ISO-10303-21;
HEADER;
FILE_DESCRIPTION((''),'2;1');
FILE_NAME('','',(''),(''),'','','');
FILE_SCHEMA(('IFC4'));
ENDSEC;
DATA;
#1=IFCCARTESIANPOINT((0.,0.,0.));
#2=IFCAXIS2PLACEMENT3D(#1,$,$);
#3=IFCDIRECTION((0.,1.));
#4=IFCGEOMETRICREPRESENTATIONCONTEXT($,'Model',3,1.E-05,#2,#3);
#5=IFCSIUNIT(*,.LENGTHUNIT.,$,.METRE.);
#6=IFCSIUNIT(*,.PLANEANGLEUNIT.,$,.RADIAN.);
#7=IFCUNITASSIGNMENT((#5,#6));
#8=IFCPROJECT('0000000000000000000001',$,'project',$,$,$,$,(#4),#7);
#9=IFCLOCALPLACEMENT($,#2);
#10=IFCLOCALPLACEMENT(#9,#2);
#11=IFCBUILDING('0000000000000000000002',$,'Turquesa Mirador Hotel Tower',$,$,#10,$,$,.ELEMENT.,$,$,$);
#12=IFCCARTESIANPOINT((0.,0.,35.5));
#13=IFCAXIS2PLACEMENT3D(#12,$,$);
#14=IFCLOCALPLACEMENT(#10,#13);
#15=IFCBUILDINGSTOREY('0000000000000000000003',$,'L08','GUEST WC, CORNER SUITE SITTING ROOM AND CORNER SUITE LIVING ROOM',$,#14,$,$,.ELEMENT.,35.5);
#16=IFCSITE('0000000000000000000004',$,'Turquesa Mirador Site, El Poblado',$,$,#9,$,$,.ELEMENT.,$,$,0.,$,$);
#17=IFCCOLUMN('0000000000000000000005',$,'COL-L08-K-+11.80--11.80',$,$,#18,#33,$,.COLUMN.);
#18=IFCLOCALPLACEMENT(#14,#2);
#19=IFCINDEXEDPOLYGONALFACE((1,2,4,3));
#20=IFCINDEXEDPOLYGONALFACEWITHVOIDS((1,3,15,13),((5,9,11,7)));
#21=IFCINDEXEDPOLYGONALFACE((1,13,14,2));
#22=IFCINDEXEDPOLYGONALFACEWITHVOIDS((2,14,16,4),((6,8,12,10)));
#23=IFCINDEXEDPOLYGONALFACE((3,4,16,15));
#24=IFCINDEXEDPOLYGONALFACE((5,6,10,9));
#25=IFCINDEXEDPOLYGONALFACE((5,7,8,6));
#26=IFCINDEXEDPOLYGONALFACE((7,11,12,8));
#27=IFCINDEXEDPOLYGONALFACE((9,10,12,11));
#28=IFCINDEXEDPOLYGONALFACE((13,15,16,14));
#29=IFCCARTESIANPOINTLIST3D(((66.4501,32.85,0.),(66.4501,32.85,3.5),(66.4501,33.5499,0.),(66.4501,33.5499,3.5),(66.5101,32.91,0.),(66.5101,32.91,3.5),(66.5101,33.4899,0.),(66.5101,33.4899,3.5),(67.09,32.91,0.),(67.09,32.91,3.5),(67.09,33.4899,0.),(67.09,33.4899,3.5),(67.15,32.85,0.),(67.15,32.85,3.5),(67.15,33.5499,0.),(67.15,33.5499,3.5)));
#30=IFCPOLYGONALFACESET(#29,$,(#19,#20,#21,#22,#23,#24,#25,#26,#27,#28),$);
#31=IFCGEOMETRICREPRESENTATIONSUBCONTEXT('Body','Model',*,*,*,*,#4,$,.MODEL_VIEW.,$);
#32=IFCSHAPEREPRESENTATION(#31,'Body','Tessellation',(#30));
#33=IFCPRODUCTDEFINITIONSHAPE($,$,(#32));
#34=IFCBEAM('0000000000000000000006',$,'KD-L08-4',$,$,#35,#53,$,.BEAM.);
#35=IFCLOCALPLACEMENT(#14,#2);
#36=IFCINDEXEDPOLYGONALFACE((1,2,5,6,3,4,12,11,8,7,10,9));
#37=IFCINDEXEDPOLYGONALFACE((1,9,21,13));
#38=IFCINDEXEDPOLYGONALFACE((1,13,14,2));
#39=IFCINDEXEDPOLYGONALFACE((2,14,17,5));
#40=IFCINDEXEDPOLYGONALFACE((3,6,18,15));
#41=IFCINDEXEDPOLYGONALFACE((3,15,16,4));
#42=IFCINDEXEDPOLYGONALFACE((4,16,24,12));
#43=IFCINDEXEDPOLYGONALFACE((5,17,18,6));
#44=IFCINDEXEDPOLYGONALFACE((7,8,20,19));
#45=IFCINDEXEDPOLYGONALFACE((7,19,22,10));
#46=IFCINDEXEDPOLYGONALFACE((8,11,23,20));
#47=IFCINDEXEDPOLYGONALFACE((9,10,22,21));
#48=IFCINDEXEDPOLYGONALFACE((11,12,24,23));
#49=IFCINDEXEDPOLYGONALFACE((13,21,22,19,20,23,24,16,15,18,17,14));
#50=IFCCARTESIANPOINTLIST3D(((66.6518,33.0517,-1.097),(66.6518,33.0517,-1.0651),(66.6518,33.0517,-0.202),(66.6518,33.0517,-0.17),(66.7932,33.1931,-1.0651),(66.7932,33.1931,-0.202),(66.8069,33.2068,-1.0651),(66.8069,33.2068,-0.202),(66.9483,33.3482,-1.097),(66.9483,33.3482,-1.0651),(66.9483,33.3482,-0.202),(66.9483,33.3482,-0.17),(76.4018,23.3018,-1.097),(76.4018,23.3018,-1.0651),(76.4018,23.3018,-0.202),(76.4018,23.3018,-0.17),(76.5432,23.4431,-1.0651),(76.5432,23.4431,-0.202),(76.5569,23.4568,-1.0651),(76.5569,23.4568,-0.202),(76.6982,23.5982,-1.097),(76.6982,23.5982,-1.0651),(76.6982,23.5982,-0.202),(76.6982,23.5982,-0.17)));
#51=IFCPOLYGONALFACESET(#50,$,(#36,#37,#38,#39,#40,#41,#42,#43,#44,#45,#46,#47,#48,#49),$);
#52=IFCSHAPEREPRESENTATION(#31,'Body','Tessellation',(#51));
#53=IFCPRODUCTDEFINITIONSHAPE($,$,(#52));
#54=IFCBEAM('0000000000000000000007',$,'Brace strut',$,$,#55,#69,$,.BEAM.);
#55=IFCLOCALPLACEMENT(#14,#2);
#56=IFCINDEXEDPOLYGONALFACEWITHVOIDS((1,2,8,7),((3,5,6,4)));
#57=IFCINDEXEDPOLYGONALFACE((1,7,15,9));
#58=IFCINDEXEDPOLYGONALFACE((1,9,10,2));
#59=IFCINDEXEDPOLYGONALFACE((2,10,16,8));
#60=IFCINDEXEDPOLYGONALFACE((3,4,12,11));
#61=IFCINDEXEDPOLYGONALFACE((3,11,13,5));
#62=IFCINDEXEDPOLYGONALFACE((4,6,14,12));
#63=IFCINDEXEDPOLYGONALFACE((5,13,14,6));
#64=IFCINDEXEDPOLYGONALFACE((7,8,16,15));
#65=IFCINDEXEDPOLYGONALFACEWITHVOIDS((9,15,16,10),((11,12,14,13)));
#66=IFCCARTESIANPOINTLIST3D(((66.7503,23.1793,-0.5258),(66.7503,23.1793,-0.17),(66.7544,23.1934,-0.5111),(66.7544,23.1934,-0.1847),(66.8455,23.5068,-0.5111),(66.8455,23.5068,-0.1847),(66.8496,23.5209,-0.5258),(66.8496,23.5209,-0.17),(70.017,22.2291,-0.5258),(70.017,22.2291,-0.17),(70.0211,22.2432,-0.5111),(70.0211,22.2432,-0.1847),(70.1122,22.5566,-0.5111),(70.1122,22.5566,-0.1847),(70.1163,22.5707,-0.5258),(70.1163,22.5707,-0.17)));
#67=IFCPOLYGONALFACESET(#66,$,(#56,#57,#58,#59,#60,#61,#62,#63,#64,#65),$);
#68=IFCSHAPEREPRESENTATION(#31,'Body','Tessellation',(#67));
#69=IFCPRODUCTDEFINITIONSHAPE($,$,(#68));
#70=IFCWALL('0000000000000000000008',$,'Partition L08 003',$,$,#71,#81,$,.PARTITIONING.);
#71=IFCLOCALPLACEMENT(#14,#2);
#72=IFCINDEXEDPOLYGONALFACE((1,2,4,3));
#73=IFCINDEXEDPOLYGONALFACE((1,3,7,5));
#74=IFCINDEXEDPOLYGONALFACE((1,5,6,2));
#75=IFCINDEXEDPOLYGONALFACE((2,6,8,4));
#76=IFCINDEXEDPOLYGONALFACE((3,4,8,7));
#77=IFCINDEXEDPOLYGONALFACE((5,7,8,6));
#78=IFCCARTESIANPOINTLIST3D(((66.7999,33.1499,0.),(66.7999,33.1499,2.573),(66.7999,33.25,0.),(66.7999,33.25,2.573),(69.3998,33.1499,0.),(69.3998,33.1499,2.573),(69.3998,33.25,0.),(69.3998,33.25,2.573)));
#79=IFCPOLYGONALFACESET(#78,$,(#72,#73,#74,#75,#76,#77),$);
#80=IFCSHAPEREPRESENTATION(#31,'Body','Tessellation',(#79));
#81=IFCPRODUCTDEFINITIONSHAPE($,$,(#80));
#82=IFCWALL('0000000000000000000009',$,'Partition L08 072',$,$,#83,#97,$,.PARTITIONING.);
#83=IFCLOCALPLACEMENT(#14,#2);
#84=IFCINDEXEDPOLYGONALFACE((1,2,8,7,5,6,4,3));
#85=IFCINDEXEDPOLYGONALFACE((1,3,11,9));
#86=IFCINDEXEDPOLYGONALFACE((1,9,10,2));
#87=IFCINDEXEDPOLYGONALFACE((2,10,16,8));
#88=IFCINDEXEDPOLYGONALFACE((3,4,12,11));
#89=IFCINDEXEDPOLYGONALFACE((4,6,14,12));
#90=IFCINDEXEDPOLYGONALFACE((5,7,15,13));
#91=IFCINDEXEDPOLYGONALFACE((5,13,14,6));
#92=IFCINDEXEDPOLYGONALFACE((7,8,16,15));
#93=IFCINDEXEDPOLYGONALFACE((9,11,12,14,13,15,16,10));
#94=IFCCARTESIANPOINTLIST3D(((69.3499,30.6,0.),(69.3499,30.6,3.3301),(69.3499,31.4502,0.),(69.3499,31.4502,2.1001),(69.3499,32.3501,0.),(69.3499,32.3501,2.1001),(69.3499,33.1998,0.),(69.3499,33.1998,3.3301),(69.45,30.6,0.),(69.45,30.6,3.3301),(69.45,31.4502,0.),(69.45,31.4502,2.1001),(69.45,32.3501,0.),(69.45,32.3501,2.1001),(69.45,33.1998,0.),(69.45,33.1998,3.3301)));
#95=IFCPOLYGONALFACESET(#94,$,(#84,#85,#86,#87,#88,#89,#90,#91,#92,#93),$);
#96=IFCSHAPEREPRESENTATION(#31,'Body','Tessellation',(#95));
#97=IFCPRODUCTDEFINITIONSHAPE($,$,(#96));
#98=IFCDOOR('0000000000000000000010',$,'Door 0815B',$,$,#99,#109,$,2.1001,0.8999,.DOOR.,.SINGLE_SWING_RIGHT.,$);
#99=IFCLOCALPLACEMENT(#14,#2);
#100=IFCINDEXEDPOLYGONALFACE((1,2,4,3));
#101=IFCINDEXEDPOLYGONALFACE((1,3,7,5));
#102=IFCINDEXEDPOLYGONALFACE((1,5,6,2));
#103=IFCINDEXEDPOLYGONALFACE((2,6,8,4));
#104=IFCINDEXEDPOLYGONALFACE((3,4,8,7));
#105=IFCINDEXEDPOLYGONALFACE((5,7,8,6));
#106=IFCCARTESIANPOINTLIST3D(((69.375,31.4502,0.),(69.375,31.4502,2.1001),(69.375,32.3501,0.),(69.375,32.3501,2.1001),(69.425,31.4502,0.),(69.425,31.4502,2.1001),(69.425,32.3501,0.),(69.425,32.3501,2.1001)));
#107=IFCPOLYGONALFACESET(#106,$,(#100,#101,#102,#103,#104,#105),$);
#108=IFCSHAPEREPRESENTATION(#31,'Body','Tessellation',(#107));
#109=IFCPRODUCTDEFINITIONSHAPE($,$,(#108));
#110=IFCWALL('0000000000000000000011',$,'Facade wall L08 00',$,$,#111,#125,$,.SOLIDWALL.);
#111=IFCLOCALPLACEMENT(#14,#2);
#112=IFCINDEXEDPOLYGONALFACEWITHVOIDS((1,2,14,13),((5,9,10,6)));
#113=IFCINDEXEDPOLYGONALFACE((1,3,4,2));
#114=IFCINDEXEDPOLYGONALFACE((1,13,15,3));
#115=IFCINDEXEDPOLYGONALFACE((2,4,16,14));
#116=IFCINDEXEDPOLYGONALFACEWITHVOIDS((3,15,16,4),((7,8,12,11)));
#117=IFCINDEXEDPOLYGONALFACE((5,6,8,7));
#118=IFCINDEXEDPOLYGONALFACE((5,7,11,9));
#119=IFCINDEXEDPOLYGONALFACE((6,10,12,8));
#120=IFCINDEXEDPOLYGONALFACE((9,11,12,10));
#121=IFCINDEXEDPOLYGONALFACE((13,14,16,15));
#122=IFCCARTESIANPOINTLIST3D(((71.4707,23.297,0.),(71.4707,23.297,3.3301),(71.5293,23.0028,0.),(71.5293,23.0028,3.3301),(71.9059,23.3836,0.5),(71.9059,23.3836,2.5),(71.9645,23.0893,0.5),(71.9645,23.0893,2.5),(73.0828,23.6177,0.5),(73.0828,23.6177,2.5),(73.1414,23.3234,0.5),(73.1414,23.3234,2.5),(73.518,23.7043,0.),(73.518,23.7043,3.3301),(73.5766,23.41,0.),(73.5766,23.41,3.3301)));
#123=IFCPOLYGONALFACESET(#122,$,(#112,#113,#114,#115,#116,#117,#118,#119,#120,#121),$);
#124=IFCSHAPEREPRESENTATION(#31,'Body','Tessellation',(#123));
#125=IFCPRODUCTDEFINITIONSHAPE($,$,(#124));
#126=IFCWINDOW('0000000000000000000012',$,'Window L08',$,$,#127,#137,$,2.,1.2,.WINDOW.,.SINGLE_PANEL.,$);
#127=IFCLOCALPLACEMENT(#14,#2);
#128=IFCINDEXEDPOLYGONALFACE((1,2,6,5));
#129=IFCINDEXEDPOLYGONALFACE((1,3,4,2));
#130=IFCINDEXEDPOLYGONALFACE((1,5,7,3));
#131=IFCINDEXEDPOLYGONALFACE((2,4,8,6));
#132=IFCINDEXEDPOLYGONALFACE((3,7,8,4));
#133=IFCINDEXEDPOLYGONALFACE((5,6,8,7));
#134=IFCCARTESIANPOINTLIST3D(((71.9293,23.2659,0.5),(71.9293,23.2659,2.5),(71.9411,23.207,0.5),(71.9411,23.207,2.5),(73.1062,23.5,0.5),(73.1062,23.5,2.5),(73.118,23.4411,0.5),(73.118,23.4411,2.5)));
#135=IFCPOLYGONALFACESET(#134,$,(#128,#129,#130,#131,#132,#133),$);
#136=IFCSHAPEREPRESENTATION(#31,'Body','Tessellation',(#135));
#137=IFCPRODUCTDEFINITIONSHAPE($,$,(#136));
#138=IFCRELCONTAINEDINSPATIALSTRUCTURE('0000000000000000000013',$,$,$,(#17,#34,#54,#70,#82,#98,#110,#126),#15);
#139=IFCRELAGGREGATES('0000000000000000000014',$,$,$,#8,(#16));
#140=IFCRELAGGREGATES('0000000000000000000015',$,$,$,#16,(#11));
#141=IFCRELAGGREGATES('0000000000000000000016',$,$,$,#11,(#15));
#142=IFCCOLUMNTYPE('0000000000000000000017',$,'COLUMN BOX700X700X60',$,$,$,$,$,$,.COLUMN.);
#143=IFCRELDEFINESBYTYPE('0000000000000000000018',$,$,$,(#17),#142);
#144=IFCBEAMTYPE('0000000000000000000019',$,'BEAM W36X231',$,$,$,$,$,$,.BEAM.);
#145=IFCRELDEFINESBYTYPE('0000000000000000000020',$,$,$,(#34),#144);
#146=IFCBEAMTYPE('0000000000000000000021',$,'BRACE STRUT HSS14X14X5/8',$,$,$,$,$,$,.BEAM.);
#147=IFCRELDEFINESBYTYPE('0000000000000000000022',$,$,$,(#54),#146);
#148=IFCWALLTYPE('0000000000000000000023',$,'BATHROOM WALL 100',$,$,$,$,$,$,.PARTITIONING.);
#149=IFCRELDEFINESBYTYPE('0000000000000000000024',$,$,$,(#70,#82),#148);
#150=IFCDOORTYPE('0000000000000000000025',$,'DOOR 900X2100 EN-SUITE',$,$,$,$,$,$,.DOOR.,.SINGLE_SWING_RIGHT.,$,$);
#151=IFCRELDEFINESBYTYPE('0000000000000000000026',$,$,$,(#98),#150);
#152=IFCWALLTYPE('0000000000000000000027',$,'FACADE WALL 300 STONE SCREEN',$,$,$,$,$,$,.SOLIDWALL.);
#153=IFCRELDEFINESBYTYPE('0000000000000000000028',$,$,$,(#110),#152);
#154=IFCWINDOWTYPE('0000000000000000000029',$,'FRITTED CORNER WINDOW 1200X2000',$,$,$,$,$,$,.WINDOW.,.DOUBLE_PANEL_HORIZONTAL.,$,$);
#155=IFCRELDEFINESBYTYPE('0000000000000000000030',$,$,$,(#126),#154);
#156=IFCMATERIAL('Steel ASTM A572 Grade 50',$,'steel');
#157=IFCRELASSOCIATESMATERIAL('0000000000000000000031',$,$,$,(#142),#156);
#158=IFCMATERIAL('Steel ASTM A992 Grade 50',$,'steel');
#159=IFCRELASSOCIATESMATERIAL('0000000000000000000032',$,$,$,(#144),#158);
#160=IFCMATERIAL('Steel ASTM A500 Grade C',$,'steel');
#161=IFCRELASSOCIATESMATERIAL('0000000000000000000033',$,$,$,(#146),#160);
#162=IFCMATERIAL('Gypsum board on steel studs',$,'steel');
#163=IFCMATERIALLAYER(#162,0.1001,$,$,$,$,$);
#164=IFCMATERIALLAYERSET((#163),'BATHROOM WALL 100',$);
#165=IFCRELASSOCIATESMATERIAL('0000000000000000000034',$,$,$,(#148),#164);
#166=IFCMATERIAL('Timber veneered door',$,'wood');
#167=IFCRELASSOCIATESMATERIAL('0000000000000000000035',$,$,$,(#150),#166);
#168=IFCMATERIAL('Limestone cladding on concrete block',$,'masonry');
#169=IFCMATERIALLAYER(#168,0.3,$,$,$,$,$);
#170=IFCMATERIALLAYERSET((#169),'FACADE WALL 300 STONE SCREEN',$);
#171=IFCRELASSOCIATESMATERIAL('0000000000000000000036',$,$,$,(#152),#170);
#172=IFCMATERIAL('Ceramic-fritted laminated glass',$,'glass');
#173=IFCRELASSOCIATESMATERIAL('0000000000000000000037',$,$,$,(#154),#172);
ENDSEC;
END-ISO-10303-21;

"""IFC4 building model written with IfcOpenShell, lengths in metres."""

from ifc_helpers import new_model, si_unit, direction, frame, frame_2d, origin, origin_2d, place, context, subcontext, project, spatial, rectangle, hollow_rectangle, i_section, extrude, material, layer, layer_set, material_profile, profile_set, type_object, element, fill, save


model = new_model("IFC4")

# Units and contexts
model_context = context("Model", 3, precision=1e-05, world=origin(), true_north=direction((0.0, 1.0)))
body_context = subcontext(model_context, "Body", "Model", "MODEL_VIEW")
ifc_project = project(units=[si_unit("LENGTHUNIT", "METRE"), si_unit("PLANEANGLEUNIT", "RADIAN")], contexts=[model_context])

# Site, building, storey
site_placement = place(None, origin())
site = spatial("IfcSite", under=ifc_project, at=site_placement, Name="Turquesa Mirador Site, El Poblado", CompositionType="ELEMENT", RefElevation=0.0)
building_placement = place(site_placement, origin())
building = spatial("IfcBuilding", under=site, at=building_placement, Name="Turquesa Mirador Hotel Tower", CompositionType="ELEMENT")
storey_placement = place(building_placement, frame((0.0, 0.0, 35.5)))
storey = spatial("IfcBuildingStorey", under=building, at=storey_placement, Name="L08", Description="GUEST WC, CORNER SUITE SITTING ROOM AND CORNER SUITE LIVING ROOM", CompositionType="ELEMENT", Elevation=35.5)

# Column
ifc_material_1 = material(Name="Steel ASTM A572 Grade 50", Category="steel")
ifc_material_profile_1 = material_profile(ifc_material_1, hollow_rectangle(XDim=0.7, YDim=0.7, WallThickness=0.0601, at=origin_2d()), Name="BOX700X700X60")
ifc_profile_set_1 = profile_set([ifc_material_profile_1], Name="Steel ASTM A572 Grade 50")
column_type = type_object("IfcColumnType", Name="COLUMN BOX700X700X60", PredefinedType="COLUMN", material=ifc_profile_set_1)
column_placement = place(storey_placement, frame((66.8, 33.2, 0.0), z_axis=(0.0, 0.0, 1.0), x_axis=(1.0, 0.0, 0.0)))
element("IfcColumn", 1, at=column_placement, inside=storey, type_object=column_type, Name="COL-L08-K-+11.80--11.80", PredefinedType="COLUMN", context=body_context, shape_type="SweptSolid", body=[
    extrude(hollow_rectangle(XDim=0.7, YDim=0.7, WallThickness=0.0601, at=origin_2d()), origin(), (0.0, 0.0, 1.0), 3.5),
])

# Beams
ifc_material_2 = material(Name="Steel ASTM A992 Grade 50", Category="steel")
ifc_material_profile_2 = material_profile(ifc_material_2, i_section(OverallWidth=0.4192, OverallDepth=0.927, WebThickness=0.0193, FlangeThickness=0.032, at=origin_2d()), Name="W36X231")
ifc_profile_set_2 = profile_set([ifc_material_profile_2], Name="Steel ASTM A992 Grade 50")
beam_type_1 = type_object("IfcBeamType", Name="BEAM W36X231", PredefinedType="BEAM", material=ifc_profile_set_2)
beam_1_placement = place(storey_placement, frame((66.8, 33.2, -0.6335), z_axis=(0.707107, -0.707107, 0.0), x_axis=(0.707107, 0.707107, 0.0)))
element("IfcBeam", 2, at=beam_1_placement, inside=storey, type_object=beam_type_1, Name="KD-L08-4", PredefinedType="BEAM", context=body_context, shape_type="SweptSolid", body=[
    extrude(i_section(OverallWidth=0.4192, OverallDepth=0.927, WebThickness=0.0193, FlangeThickness=0.032, at=origin_2d()), origin(), (0.0, 0.0, 1.0), 13.7886),
])
ifc_material_3 = material(Name="Steel ASTM A500 Grade C", Category="steel")
ifc_material_profile_3 = material_profile(ifc_material_3, hollow_rectangle(XDim=0.3557, YDim=0.3557, WallThickness=0.0146, at=origin_2d()), Name="HSS14X14X5/8")
ifc_profile_set_3 = profile_set([ifc_material_profile_3], Name="Steel ASTM A500 Grade C")
beam_type_2 = type_object("IfcBeamType", Name="BRACE STRUT HSS14X14X5/8", PredefinedType="BEAM", material=ifc_profile_set_3)
beam_2_placement = place(storey_placement, frame((70.0667, 22.3999, -0.3479), z_axis=(-0.960202, 0.279305, 0.0), x_axis=(-0.279305, -0.960202, 0.0)))
element("IfcBeam", 3, at=beam_2_placement, inside=storey, type_object=beam_type_2, Name="Brace strut", PredefinedType="BEAM", context=body_context, shape_type="SweptSolid", body=[
    extrude(hollow_rectangle(XDim=0.3557, YDim=0.3557, WallThickness=0.0146, at=origin_2d()), origin(), (0.0, 0.0, 1.0), 3.4021),
])

# Wall
ifc_material_4 = material(Name="Gypsum board on steel studs", Category="steel")
ifc_layer_1 = layer(ifc_material_4, 0.1001)
ifc_layer_set_1 = layer_set([ifc_layer_1], Name="BATHROOM WALL 100")
wall_type_1 = type_object("IfcWallType", Name="BATHROOM WALL 100", PredefinedType="PARTITIONING", material=ifc_layer_set_1)
wall_1_placement = place(storey_placement, frame((66.8, 33.2, 0.0), z_axis=(0.0, 0.0, 1.0), x_axis=(1.0, 0.0, 0.0)))
element("IfcWall", 4, at=wall_1_placement, inside=storey, type_object=wall_type_1, Name="Partition L08 003", PredefinedType="PARTITIONING", context=body_context, shape_type="SweptSolid", body=[
    extrude(rectangle(XDim=2.5999, YDim=0.1001, at=frame_2d((1.2998, 0.0))), origin(), (0.0, 0.0, 1.0), 2.573),
])

# Wall, opening, door
wall_2_placement = place(storey_placement, frame((69.3999, 30.6001, 0.0), z_axis=(0.0, 0.0, 1.0), x_axis=(0.0, 1.0, 0.0)))
wall_2 = element("IfcWall", 5, at=wall_2_placement, inside=storey, type_object=wall_type_1, Name="Partition L08 072", PredefinedType="PARTITIONING", context=body_context, shape_type="SweptSolid", body=[
    extrude(rectangle(XDim=2.5999, YDim=0.1001, at=frame_2d((1.2998, 0.0))), origin(), (0.0, 0.0, 1.0), 3.3301),
])
opening_1_placement = place(wall_2_placement, frame((0.8501, 0.0, 0.0)))
opening_1 = element("IfcOpeningElement", 6, at=opening_1_placement, cuts=wall_2, PredefinedType="OPENING", context=body_context, shape_type="SweptSolid", body=[
    extrude(rectangle(XDim=0.8999, YDim=2.1001, at=frame_2d((0.45, 1.05))), frame((0.0, 0.0601, 0.0), z_axis=(0.0, -1.0, 0.0), x_axis=(1.0, 0.0, 0.0)), (0.0, 0.0, 1.0), 0.1201),
])
ifc_material_5 = material(Name="Timber veneered door", Category="wood")
door_type_1 = type_object("IfcDoorType", Name="DOOR 900X2100 EN-SUITE", OperationType="SINGLE_SWING_RIGHT", PredefinedType="DOOR", material=ifc_material_5)
door_1_placement = place(opening_1_placement, origin())
door_1 = element("IfcDoor", 7, at=door_1_placement, inside=storey, type_object=door_type_1, Name="Door 0815B", OperationType="SINGLE_SWING_RIGHT", OverallHeight=2.1001, OverallWidth=0.8999, PredefinedType="DOOR", context=body_context, shape_type="SweptSolid", body=[
    extrude(rectangle(XDim=0.8999, YDim=2.1001, at=frame_2d((0.45, 1.05))), frame((0.0, 0.0249, 0.0), z_axis=(0.0, -1.0, 0.0), x_axis=(1.0, 0.0, 0.0)), (0.0, 0.0, 1.0), 0.05),
])
fill(opening_1, door_1)

# Wall, opening, window
ifc_material_6 = material(Name="Limestone cladding on concrete block", Category="masonry")
ifc_layer_2 = layer(ifc_material_6, 0.3)
ifc_layer_set_2 = layer_set([ifc_layer_2], Name="FACADE WALL 300 STONE SCREEN")
wall_type_2 = type_object("IfcWallType", Name="FACADE WALL 300 STONE SCREEN", PredefinedType="SOLIDWALL", material=ifc_layer_set_2)
wall_3_placement = place(storey_placement, frame((71.5, 23.1499, 0.0), z_axis=(0.0, 0.0, 1.0), x_axis=(0.980787, 0.195081, 0.0)))
wall_3 = element("IfcWall", 8, at=wall_3_placement, inside=storey, type_object=wall_type_2, Name="Facade wall L08 00", PredefinedType="SOLIDWALL", context=body_context, shape_type="SweptSolid", body=[
    extrude(rectangle(XDim=2.0874, YDim=0.3, at=frame_2d((1.0437, 0.0))), origin(), (0.0, 0.0, 1.0), 3.3301),
])
opening_2_placement = place(wall_3_placement, frame((0.4436, 0.0, 0.5)))
opening_2 = element("IfcOpeningElement", 9, at=opening_2_placement, cuts=wall_3, PredefinedType="OPENING", context=body_context, shape_type="SweptSolid", body=[
    extrude(rectangle(XDim=1.2, YDim=2.0, at=frame_2d((0.6001, 1.0))), frame((0.0, 0.1599, 0.0), z_axis=(0.0, -1.0, 0.0), x_axis=(1.0, 0.0, 0.0)), (0.0, 0.0, 1.0), 0.3201),
])
ifc_material_7 = material(Name="Ceramic-fritted laminated glass", Category="glass")
window_type = type_object("IfcWindowType", Name="FRITTED CORNER WINDOW 1200X2000", PartitioningType="DOUBLE_PANEL_HORIZONTAL", PredefinedType="WINDOW", material=ifc_material_7)
window_placement = place(opening_2_placement, origin())
window = element("IfcWindow", 10, at=window_placement, inside=storey, type_object=window_type, Name="Window L08", OverallHeight=2.0, OverallWidth=1.2, PartitioningType="SINGLE_PANEL", PredefinedType="WINDOW", context=body_context, shape_type="SweptSolid", body=[
    extrude(rectangle(XDim=1.2, YDim=2.0, at=frame_2d((0.6001, 1.0))), frame((0.0, 0.03, 0.0), z_axis=(0.0, -1.0, 0.0), x_axis=(1.0, 0.0, 0.0)), (0.0, 0.0, 1.0), 0.0601),
])
fill(opening_2, window)

save(model, "model.ifc")
